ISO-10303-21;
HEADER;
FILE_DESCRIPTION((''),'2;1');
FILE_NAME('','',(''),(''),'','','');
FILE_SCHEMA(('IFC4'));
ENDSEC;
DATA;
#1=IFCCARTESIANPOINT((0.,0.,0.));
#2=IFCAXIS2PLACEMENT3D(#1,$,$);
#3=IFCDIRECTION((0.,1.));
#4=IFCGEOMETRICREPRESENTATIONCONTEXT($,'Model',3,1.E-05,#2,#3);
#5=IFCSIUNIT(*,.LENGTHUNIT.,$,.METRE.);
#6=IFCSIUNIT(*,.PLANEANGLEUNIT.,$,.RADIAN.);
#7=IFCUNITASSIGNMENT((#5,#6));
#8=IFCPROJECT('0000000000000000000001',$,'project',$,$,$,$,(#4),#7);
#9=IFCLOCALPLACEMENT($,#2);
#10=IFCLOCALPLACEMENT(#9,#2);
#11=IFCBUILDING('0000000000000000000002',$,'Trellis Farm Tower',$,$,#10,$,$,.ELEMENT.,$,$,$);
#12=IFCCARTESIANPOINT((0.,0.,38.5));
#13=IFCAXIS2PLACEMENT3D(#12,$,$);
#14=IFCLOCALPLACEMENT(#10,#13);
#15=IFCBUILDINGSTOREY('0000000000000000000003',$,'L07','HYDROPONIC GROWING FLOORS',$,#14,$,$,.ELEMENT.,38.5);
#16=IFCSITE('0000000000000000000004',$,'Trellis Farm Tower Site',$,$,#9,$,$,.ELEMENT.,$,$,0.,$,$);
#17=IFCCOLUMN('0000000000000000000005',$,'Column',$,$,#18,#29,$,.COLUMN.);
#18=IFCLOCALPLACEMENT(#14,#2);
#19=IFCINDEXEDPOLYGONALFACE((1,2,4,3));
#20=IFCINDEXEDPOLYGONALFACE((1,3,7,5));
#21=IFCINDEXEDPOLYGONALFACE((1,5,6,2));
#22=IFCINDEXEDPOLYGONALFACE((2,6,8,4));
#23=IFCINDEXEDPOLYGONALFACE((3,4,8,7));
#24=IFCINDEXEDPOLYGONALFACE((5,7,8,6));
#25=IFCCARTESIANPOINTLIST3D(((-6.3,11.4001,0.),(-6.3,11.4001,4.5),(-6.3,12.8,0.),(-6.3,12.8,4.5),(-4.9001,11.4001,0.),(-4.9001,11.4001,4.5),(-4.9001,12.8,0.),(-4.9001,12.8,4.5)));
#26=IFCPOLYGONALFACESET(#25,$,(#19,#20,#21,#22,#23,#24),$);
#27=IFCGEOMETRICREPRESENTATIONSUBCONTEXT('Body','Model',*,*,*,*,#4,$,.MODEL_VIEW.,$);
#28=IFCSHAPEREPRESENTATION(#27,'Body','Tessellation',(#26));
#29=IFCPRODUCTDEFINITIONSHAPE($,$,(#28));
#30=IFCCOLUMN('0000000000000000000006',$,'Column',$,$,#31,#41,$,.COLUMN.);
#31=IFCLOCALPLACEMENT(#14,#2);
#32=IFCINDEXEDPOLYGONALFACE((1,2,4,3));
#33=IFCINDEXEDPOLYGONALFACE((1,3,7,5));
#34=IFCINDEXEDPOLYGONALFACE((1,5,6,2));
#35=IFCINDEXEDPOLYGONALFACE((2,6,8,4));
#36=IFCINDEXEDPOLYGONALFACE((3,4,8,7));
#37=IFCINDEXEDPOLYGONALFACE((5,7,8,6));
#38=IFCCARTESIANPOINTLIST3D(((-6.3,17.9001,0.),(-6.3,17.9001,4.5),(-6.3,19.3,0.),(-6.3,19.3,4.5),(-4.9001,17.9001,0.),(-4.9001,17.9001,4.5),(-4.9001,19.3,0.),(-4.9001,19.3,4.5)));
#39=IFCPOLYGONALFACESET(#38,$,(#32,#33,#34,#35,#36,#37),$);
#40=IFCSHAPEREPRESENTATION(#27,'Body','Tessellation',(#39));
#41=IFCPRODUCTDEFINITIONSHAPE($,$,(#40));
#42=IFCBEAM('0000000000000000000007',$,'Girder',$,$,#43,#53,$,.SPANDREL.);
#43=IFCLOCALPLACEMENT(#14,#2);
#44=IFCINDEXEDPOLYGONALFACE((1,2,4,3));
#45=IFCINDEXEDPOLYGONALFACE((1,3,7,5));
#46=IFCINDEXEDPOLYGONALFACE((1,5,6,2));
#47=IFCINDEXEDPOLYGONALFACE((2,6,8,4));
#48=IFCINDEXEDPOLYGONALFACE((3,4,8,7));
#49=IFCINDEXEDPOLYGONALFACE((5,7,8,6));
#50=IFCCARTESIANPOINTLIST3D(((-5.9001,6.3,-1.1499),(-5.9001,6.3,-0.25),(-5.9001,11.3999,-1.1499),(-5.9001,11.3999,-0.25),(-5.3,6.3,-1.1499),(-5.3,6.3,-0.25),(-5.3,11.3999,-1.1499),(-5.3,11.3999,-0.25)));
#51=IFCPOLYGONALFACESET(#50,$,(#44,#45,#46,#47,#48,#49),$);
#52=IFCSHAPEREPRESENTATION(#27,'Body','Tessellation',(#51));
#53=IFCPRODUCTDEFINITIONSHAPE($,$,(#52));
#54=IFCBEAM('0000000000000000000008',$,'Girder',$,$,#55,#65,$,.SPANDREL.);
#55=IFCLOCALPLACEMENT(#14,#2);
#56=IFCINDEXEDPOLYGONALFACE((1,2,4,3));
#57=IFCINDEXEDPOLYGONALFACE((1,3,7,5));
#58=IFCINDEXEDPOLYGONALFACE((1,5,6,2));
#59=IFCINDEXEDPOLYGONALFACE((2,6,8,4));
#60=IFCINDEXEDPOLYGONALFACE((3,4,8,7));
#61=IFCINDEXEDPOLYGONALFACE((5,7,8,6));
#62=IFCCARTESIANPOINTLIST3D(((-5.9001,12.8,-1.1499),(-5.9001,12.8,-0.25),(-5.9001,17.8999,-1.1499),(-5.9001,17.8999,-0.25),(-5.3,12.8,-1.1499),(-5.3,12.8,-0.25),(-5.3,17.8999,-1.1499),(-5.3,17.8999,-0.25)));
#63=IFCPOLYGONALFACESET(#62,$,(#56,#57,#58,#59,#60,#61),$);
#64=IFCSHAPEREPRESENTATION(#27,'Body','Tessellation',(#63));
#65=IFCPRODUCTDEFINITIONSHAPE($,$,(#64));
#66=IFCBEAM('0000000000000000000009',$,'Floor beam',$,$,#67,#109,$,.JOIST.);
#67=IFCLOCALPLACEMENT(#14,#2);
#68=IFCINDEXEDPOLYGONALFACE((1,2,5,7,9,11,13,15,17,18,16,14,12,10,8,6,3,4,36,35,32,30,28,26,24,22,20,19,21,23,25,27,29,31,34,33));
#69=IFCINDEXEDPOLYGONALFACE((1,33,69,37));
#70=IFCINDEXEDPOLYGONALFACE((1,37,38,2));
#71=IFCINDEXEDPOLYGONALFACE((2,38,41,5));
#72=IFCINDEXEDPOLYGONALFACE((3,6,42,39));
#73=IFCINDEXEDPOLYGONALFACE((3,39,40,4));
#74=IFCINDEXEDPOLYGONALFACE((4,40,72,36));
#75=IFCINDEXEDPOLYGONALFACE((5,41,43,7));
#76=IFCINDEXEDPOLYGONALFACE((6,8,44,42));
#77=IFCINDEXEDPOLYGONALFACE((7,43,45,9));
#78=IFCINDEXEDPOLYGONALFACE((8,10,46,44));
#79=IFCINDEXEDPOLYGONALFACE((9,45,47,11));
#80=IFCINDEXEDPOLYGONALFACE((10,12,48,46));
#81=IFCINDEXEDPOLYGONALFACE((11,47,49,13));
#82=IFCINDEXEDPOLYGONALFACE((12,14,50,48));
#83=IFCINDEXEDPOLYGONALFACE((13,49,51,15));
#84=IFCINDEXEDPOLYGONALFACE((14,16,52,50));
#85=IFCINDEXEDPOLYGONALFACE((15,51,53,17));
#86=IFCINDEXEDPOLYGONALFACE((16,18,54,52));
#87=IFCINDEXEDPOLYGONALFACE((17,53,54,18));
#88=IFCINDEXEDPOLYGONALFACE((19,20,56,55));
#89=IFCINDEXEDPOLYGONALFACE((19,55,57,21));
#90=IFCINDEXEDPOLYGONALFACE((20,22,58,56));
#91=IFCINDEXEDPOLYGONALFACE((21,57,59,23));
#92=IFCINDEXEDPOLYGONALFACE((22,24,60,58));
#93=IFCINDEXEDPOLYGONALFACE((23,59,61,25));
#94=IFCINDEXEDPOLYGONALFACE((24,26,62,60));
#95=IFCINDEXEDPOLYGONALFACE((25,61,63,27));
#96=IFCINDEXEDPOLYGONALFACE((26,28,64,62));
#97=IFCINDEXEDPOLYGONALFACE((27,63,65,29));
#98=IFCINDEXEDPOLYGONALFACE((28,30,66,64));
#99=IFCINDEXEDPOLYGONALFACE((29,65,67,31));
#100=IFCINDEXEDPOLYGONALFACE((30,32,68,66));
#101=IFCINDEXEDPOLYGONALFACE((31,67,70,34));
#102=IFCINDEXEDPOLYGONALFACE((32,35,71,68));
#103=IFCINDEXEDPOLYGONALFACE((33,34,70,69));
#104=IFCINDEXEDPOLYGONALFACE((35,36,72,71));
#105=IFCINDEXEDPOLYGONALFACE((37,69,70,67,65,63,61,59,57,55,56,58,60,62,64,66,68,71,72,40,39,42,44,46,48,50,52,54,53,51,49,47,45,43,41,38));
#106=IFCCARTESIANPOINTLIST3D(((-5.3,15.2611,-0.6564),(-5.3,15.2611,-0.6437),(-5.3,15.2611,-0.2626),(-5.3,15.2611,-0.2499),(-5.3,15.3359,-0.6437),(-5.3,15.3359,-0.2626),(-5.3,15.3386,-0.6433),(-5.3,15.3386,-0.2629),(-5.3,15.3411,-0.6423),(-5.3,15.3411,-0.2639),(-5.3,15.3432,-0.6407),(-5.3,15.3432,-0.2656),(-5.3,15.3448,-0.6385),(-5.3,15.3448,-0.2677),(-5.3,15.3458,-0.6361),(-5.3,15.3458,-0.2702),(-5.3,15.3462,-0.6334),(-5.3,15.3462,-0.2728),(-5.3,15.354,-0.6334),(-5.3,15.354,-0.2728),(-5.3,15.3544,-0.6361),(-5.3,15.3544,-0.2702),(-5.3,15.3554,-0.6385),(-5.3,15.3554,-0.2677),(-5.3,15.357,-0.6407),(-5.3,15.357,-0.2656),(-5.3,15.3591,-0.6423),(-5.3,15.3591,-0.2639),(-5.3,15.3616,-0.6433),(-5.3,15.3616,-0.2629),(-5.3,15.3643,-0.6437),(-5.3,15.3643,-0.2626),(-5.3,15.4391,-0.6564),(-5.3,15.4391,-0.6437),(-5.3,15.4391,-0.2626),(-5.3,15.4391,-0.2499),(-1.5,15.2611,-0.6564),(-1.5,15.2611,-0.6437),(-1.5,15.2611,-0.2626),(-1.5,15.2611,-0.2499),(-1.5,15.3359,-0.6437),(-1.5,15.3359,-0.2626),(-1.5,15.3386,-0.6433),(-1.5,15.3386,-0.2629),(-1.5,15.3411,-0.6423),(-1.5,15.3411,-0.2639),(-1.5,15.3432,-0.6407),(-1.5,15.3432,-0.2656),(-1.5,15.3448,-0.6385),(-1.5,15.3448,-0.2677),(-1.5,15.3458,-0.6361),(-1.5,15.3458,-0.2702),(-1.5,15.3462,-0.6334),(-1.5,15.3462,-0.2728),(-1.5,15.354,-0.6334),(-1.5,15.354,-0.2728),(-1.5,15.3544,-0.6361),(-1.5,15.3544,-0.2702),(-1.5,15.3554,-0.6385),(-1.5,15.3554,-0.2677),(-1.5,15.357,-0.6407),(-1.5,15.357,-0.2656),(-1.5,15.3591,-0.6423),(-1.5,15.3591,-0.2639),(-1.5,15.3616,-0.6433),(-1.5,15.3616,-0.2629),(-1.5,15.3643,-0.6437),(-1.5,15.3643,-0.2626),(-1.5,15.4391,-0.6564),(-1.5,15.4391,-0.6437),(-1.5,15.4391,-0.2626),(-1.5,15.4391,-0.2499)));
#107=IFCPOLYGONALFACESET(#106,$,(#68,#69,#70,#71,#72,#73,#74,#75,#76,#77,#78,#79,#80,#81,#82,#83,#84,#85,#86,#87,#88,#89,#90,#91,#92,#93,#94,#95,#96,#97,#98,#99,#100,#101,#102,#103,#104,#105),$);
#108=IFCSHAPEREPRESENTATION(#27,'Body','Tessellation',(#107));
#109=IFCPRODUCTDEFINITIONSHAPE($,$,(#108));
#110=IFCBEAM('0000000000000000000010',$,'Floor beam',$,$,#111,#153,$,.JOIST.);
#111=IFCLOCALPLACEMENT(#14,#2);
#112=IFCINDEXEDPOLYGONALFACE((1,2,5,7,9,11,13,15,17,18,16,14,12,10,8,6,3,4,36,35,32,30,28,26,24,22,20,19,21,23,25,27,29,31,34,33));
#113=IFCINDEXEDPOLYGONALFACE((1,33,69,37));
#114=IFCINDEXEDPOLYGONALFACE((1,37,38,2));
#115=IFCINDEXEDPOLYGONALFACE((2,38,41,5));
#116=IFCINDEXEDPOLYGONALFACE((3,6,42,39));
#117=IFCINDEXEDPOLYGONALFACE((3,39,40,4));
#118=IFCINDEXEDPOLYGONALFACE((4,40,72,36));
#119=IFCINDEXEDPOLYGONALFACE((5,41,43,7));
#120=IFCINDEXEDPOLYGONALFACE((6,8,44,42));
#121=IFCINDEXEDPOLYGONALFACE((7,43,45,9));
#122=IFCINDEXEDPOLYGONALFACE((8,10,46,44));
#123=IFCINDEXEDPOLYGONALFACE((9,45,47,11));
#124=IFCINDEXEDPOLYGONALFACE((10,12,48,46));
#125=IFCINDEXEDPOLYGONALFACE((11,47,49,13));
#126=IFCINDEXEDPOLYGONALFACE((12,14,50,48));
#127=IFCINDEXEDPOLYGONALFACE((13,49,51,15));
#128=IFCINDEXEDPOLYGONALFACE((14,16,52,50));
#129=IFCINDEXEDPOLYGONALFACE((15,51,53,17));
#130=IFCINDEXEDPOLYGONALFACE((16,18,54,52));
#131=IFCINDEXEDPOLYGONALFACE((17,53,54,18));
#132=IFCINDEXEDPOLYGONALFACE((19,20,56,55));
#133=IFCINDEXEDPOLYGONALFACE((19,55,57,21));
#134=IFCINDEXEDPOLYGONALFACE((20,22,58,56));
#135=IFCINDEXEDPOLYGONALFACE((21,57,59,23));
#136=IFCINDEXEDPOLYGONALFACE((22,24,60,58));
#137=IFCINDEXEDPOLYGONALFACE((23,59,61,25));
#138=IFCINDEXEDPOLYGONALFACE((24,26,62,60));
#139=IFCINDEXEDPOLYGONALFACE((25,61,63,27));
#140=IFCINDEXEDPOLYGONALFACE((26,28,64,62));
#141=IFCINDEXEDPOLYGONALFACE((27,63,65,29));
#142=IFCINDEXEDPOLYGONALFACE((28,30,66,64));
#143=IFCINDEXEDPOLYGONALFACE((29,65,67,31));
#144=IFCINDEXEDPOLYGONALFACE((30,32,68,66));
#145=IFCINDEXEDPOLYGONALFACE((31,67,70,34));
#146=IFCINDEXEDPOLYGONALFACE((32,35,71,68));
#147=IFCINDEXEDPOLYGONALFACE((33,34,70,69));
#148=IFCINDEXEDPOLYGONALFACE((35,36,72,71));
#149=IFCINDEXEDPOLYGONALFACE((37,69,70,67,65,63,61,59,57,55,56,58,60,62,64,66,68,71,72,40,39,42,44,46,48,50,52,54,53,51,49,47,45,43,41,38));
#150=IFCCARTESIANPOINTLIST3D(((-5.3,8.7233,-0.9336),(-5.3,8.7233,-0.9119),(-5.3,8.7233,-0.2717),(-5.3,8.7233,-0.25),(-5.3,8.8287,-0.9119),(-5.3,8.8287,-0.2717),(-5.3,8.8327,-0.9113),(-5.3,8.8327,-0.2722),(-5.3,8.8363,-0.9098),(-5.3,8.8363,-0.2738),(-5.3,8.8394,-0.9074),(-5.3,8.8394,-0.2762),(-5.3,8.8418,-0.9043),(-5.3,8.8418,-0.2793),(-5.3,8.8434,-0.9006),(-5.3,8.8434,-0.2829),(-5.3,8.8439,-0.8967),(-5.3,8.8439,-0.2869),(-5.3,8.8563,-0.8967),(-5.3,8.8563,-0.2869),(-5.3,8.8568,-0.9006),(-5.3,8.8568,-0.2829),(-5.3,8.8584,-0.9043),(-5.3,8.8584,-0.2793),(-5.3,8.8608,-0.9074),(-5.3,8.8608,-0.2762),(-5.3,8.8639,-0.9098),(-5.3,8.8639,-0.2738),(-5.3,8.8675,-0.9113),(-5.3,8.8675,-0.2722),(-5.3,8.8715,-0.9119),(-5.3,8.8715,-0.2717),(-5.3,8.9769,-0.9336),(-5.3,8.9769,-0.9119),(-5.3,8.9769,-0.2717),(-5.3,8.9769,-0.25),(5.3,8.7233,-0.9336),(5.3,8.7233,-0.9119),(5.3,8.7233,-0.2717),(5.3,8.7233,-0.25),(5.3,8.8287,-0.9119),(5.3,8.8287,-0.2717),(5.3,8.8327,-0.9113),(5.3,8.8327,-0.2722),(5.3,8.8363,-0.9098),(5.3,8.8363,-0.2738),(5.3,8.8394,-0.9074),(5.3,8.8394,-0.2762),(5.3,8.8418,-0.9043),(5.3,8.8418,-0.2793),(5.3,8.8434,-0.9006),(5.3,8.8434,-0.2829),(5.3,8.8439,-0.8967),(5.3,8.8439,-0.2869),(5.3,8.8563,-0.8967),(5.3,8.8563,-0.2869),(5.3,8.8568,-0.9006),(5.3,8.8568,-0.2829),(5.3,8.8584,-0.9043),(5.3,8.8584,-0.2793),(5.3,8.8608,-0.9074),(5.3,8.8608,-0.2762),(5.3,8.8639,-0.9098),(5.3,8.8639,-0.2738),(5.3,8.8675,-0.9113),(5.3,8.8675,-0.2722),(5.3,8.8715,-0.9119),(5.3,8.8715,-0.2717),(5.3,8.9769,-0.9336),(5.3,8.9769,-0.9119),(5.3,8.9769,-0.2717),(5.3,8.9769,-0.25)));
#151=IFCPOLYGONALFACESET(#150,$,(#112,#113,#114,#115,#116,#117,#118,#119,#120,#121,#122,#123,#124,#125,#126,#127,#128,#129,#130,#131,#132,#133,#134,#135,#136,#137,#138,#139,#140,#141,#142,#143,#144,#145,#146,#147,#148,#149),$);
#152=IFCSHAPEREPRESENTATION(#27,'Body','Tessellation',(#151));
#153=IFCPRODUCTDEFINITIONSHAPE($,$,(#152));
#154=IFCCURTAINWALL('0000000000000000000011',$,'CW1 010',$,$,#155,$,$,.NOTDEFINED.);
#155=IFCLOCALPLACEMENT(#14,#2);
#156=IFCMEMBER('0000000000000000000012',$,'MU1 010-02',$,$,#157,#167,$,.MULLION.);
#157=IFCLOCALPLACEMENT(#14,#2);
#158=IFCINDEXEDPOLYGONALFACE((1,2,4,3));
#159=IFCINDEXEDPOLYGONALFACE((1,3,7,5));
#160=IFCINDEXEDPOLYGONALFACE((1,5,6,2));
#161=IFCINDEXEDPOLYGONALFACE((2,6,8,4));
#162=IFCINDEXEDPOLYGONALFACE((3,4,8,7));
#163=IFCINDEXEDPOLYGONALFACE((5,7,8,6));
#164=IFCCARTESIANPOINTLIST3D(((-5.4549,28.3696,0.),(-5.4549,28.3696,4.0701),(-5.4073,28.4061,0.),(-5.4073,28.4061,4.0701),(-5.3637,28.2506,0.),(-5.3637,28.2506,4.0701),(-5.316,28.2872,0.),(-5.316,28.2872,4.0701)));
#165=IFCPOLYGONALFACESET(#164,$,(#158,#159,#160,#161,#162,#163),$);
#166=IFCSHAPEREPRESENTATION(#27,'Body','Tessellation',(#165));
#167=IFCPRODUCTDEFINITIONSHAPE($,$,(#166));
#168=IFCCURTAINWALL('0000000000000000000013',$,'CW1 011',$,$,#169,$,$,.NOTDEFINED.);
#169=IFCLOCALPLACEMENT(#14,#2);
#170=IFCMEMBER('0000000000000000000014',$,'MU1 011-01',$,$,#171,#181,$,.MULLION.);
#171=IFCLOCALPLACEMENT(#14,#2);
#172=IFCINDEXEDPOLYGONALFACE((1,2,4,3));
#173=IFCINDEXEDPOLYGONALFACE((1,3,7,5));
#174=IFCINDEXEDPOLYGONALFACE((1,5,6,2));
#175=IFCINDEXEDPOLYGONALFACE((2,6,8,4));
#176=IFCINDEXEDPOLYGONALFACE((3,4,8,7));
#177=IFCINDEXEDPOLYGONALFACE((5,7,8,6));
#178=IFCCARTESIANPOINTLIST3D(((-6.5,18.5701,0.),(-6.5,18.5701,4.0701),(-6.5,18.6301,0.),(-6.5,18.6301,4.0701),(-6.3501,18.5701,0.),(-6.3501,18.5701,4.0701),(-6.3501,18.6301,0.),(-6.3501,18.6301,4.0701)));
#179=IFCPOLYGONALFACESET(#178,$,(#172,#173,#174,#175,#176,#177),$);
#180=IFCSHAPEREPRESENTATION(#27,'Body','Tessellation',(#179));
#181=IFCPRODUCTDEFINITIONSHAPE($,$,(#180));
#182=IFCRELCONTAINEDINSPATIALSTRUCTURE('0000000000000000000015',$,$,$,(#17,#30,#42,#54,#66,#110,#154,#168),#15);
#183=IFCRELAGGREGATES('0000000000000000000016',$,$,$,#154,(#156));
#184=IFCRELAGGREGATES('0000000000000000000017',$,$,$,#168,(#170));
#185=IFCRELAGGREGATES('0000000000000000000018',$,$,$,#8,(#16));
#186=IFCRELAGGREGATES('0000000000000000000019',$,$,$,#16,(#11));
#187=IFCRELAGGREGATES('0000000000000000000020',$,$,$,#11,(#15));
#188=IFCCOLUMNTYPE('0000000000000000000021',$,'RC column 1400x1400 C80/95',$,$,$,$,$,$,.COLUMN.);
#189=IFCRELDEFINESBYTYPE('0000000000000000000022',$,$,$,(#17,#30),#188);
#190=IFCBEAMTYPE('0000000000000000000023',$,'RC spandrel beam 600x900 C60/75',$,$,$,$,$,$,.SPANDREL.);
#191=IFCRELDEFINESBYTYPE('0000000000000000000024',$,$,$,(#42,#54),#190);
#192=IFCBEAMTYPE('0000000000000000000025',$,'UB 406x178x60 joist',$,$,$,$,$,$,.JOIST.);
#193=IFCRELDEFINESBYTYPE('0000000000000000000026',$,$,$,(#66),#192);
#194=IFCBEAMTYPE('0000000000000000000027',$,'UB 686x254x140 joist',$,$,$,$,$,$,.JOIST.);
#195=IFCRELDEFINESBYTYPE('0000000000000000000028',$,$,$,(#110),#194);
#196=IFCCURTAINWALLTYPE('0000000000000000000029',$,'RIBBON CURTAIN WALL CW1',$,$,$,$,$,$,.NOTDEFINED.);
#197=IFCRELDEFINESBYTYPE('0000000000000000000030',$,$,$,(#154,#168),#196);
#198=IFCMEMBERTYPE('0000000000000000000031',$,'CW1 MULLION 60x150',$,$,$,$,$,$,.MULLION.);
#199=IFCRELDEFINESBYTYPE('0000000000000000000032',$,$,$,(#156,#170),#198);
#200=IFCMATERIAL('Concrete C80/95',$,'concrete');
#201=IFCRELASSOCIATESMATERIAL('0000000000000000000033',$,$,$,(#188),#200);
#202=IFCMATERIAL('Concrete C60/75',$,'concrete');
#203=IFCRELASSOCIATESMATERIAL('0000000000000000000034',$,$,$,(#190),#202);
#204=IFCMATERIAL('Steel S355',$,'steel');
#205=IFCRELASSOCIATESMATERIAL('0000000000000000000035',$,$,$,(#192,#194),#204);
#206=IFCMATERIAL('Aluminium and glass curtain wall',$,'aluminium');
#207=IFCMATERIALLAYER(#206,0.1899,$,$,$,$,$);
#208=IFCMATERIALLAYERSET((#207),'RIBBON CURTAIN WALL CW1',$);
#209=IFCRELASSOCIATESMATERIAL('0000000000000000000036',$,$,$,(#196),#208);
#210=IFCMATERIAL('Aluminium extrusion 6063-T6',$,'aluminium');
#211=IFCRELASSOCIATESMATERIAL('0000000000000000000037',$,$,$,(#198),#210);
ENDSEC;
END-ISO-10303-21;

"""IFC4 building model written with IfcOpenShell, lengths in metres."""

from ifc_helpers import new_model, si_unit, direction, frame, origin, origin_2d, place, context, subcontext, project, spatial, rectangle, i_section, extrude, source, transform, mapped, material, layer, layer_set, material_profile, profile_set, type_object, element, aggregate, save


model = new_model("IFC4")

# Units and contexts
model_context = context("Model", 3, precision=1e-05, world=origin(), true_north=direction((0.0, 1.0)))
body_context = subcontext(model_context, "Body", "Model", "MODEL_VIEW")
ifc_project = project(units=[si_unit("LENGTHUNIT", "METRE"), si_unit("PLANEANGLEUNIT", "RADIAN")], contexts=[model_context])

# Site, building, storey
site_placement = place(None, origin())
site = spatial("IfcSite", under=ifc_project, at=site_placement, Name="Trellis Farm Tower Site", CompositionType="ELEMENT", RefElevation=0.0)
building_placement = place(site_placement, origin())
building = spatial("IfcBuilding", under=site, at=building_placement, Name="Trellis Farm Tower", CompositionType="ELEMENT")
storey_placement = place(building_placement, frame((0.0, 0.0, 38.5)))
storey = spatial("IfcBuildingStorey", under=building, at=storey_placement, Name="L07", Description="HYDROPONIC GROWING FLOORS", CompositionType="ELEMENT", Elevation=38.5)

# Columns
ifc_material_1 = material(Name="Concrete C80/95", Category="concrete")
ifc_material_profile_1 = material_profile(ifc_material_1, rectangle(XDim=1.3999, YDim=1.3999, at=origin_2d()), Name="RC column 1400x1400 C80/95")
ifc_profile_set_1 = profile_set([ifc_material_profile_1], Name="Concrete C80/95")
column_type = type_object("IfcColumnType", Name="RC column 1400x1400 C80/95", PredefinedType="COLUMN", material=ifc_profile_set_1)
shared_shape_1 = source(origin(), body_context, "Body", "SweptSolid", [
    extrude(rectangle(XDim=1.3999, YDim=1.3999, at=origin_2d()), origin(), (0.0, 0.0, 1.0), 4.5),
])
for number, where, z_axis, x_axis, name in (
    (1, (-5.6001, 12.1001, 0.0), (0.0, 0.0, 1.0), (1.0, 0.0, 0.0), "Column"),
    (2, (-5.6001, 18.6001, 0.0), (0.0, 0.0, 1.0), (1.0, 0.0, 0.0), "Column"),
):
    element("IfcColumn", number, at=place(storey_placement, frame(where, z_axis=z_axis, x_axis=x_axis)), inside=storey, type_object=column_type, Name=name, PredefinedType="COLUMN", context=body_context, shape_type="MappedRepresentation", body=[
        mapped(shared_shape_1, transform((0.0, 0.0, 0.0))),
    ])

# Beams
ifc_material_2 = material(Name="Concrete C60/75", Category="concrete")
ifc_material_profile_2 = material_profile(ifc_material_2, rectangle(XDim=0.6001, YDim=0.8999, at=origin_2d()), Name="RC spandrel beam 600x900 C60/75")
ifc_profile_set_2 = profile_set([ifc_material_profile_2], Name="Concrete C60/75")
beam_type_1 = type_object("IfcBeamType", Name="RC spandrel beam 600x900 C60/75", PredefinedType="SPANDREL", material=ifc_profile_set_2)
shared_shape_2 = source(origin(), body_context, "Body", "SweptSolid", [
    extrude(rectangle(XDim=0.6001, YDim=0.8999, at=origin_2d()), origin(), (0.0, 0.0, 1.0), 5.0999),
])
for number, where, z_axis, x_axis, name in (
    (3, (-5.6001, 6.3, -0.7), (0.0, 1.0, 0.0), (-1.0, 0.0, 0.0), "Girder"),
    (4, (-5.6001, 12.8, -0.7), (0.0, 1.0, 0.0), (-1.0, 0.0, 0.0), "Girder"),
):
    element("IfcBeam", number, at=place(storey_placement, frame(where, z_axis=z_axis, x_axis=x_axis)), inside=storey, type_object=beam_type_1, Name=name, PredefinedType="SPANDREL", context=body_context, shape_type="MappedRepresentation", body=[
        mapped(shared_shape_2, transform((0.0, 0.0, 0.0))),
    ])
ifc_material_3 = material(Name="Steel S355", Category="steel")
ifc_material_profile_3 = material_profile(ifc_material_3, i_section(OverallWidth=0.178, OverallDepth=0.4065, WebThickness=0.0078, FlangeThickness=0.0127, FilletRadius=0.0103, at=origin_2d()), Name="UB 406x178x60")
ifc_profile_set_3 = profile_set([ifc_material_profile_3], Name="Steel S355")
beam_type_2 = type_object("IfcBeamType", Name="UB 406x178x60 joist", PredefinedType="JOIST", material=ifc_profile_set_3)
shared_shape_3 = source(origin(), body_context, "Body", "SweptSolid", [
    extrude(i_section(OverallWidth=0.178, OverallDepth=0.4065, WebThickness=0.0078, FlangeThickness=0.0127, FilletRadius=0.0103, at=origin_2d()), origin(), (0.0, 0.0, 1.0), 3.8),
])
beam_1_placement = place(storey_placement, frame((-5.3, 15.3501, -0.4531), z_axis=(1.0, 0.0, 0.0), x_axis=(0.0, 1.0, 0.0)))
element("IfcBeam", 5, at=beam_1_placement, inside=storey, type_object=beam_type_2, Name="Floor beam", PredefinedType="JOIST", context=body_context, shape_type="MappedRepresentation", body=[
    mapped(shared_shape_3, transform((0.0, 0.0, 0.0))),
])
ifc_material_profile_4 = material_profile(ifc_material_3, i_section(OverallWidth=0.2537, OverallDepth=0.6836, WebThickness=0.0125, FlangeThickness=0.0217, FilletRadius=0.0151, at=origin_2d()), Name="UB 686x254x140")
ifc_profile_set_4 = profile_set([ifc_material_profile_4], Name="Steel S355")
beam_type_3 = type_object("IfcBeamType", Name="UB 686x254x140 joist", PredefinedType="JOIST", material=ifc_profile_set_4)
shared_shape_4 = source(origin(), body_context, "Body", "SweptSolid", [
    extrude(i_section(OverallWidth=0.2537, OverallDepth=0.6836, WebThickness=0.0125, FlangeThickness=0.0217, FilletRadius=0.0151, at=origin_2d()), origin(), (0.0, 0.0, 1.0), 10.6001),
])
beam_2_placement = place(storey_placement, frame((-5.3, 8.8501, -0.5918), z_axis=(1.0, 0.0, 0.0), x_axis=(0.0, 1.0, 0.0)))
element("IfcBeam", 6, at=beam_2_placement, inside=storey, type_object=beam_type_3, Name="Floor beam", PredefinedType="JOIST", context=body_context, shape_type="MappedRepresentation", body=[
    mapped(shared_shape_4, transform((0.0, 0.0, 0.0))),
])

# Curtain wall, member
ifc_material_4 = material(Name="Aluminium and glass curtain wall", Category="aluminium")
ifc_layer_1 = layer(ifc_material_4, 0.1899)
ifc_layer_set_1 = layer_set([ifc_layer_1], Name="RIBBON CURTAIN WALL CW1")
curtain_wall_type_1 = type_object("IfcCurtainWallType", Name="RIBBON CURTAIN WALL CW1", PredefinedType="NOTDEFINED", material=ifc_layer_set_1)
placement = place(storey_placement, origin())
curtain_wall_1 = element("IfcCurtainWall", 7, at=placement, inside=storey, type_object=curtain_wall_type_1, Name="CW1 010", PredefinedType="NOTDEFINED")
ifc_material_5 = material(Name="Aluminium extrusion 6063-T6", Category="aluminium")
ifc_material_profile_5 = material_profile(ifc_material_5, rectangle(XDim=0.0601, YDim=0.1499, at=origin_2d()), Name="MULLION 60x150")
ifc_profile_set_5 = profile_set([ifc_material_profile_5], Name="Aluminium extrusion 6063-T6")
member_type_1 = type_object("IfcMemberType", Name="CW1 MULLION 60x150", PredefinedType="MULLION", material=ifc_profile_set_5)
shared_shape_5 = source(origin(), body_context, "Body", "SweptSolid", [
    extrude(rectangle(XDim=0.0601, YDim=0.1499, at=origin_2d()), origin(), (0.0, 0.0, 1.0), 4.0701),
])
member_1_placement = place(storey_placement, frame((-5.3855, 28.3284, 0.0), z_axis=(0.0, 0.0, 1.0), x_axis=(-0.793353, -0.608761, 0.0)))
member_1 = element("IfcMember", 8, at=member_1_placement, type_object=member_type_1, Name="MU1 010-02", PredefinedType="MULLION", context=body_context, shape_type="MappedRepresentation", body=[
    mapped(shared_shape_5, transform((0.0, 0.0, 0.0))),
])
aggregate(curtain_wall_1, [member_1])

# Curtain wall, member
curtain_wall_2 = element("IfcCurtainWall", 9, at=placement, inside=storey, type_object=curtain_wall_type_1, Name="CW1 011", PredefinedType="NOTDEFINED")
member_2_placement = place(storey_placement, frame((-6.425, 18.6001, 0.0), z_axis=(0.0, 0.0, 1.0), x_axis=(0.0, -1.0, 0.0)))
member_2 = element("IfcMember", 10, at=member_2_placement, type_object=member_type_1, Name="MU1 011-01", PredefinedType="MULLION", context=body_context, shape_type="MappedRepresentation", body=[
    mapped(shared_shape_5, transform((0.0, 0.0, 0.0))),
])
aggregate(curtain_wall_2, [member_2])

save(model, "model.ifc")
